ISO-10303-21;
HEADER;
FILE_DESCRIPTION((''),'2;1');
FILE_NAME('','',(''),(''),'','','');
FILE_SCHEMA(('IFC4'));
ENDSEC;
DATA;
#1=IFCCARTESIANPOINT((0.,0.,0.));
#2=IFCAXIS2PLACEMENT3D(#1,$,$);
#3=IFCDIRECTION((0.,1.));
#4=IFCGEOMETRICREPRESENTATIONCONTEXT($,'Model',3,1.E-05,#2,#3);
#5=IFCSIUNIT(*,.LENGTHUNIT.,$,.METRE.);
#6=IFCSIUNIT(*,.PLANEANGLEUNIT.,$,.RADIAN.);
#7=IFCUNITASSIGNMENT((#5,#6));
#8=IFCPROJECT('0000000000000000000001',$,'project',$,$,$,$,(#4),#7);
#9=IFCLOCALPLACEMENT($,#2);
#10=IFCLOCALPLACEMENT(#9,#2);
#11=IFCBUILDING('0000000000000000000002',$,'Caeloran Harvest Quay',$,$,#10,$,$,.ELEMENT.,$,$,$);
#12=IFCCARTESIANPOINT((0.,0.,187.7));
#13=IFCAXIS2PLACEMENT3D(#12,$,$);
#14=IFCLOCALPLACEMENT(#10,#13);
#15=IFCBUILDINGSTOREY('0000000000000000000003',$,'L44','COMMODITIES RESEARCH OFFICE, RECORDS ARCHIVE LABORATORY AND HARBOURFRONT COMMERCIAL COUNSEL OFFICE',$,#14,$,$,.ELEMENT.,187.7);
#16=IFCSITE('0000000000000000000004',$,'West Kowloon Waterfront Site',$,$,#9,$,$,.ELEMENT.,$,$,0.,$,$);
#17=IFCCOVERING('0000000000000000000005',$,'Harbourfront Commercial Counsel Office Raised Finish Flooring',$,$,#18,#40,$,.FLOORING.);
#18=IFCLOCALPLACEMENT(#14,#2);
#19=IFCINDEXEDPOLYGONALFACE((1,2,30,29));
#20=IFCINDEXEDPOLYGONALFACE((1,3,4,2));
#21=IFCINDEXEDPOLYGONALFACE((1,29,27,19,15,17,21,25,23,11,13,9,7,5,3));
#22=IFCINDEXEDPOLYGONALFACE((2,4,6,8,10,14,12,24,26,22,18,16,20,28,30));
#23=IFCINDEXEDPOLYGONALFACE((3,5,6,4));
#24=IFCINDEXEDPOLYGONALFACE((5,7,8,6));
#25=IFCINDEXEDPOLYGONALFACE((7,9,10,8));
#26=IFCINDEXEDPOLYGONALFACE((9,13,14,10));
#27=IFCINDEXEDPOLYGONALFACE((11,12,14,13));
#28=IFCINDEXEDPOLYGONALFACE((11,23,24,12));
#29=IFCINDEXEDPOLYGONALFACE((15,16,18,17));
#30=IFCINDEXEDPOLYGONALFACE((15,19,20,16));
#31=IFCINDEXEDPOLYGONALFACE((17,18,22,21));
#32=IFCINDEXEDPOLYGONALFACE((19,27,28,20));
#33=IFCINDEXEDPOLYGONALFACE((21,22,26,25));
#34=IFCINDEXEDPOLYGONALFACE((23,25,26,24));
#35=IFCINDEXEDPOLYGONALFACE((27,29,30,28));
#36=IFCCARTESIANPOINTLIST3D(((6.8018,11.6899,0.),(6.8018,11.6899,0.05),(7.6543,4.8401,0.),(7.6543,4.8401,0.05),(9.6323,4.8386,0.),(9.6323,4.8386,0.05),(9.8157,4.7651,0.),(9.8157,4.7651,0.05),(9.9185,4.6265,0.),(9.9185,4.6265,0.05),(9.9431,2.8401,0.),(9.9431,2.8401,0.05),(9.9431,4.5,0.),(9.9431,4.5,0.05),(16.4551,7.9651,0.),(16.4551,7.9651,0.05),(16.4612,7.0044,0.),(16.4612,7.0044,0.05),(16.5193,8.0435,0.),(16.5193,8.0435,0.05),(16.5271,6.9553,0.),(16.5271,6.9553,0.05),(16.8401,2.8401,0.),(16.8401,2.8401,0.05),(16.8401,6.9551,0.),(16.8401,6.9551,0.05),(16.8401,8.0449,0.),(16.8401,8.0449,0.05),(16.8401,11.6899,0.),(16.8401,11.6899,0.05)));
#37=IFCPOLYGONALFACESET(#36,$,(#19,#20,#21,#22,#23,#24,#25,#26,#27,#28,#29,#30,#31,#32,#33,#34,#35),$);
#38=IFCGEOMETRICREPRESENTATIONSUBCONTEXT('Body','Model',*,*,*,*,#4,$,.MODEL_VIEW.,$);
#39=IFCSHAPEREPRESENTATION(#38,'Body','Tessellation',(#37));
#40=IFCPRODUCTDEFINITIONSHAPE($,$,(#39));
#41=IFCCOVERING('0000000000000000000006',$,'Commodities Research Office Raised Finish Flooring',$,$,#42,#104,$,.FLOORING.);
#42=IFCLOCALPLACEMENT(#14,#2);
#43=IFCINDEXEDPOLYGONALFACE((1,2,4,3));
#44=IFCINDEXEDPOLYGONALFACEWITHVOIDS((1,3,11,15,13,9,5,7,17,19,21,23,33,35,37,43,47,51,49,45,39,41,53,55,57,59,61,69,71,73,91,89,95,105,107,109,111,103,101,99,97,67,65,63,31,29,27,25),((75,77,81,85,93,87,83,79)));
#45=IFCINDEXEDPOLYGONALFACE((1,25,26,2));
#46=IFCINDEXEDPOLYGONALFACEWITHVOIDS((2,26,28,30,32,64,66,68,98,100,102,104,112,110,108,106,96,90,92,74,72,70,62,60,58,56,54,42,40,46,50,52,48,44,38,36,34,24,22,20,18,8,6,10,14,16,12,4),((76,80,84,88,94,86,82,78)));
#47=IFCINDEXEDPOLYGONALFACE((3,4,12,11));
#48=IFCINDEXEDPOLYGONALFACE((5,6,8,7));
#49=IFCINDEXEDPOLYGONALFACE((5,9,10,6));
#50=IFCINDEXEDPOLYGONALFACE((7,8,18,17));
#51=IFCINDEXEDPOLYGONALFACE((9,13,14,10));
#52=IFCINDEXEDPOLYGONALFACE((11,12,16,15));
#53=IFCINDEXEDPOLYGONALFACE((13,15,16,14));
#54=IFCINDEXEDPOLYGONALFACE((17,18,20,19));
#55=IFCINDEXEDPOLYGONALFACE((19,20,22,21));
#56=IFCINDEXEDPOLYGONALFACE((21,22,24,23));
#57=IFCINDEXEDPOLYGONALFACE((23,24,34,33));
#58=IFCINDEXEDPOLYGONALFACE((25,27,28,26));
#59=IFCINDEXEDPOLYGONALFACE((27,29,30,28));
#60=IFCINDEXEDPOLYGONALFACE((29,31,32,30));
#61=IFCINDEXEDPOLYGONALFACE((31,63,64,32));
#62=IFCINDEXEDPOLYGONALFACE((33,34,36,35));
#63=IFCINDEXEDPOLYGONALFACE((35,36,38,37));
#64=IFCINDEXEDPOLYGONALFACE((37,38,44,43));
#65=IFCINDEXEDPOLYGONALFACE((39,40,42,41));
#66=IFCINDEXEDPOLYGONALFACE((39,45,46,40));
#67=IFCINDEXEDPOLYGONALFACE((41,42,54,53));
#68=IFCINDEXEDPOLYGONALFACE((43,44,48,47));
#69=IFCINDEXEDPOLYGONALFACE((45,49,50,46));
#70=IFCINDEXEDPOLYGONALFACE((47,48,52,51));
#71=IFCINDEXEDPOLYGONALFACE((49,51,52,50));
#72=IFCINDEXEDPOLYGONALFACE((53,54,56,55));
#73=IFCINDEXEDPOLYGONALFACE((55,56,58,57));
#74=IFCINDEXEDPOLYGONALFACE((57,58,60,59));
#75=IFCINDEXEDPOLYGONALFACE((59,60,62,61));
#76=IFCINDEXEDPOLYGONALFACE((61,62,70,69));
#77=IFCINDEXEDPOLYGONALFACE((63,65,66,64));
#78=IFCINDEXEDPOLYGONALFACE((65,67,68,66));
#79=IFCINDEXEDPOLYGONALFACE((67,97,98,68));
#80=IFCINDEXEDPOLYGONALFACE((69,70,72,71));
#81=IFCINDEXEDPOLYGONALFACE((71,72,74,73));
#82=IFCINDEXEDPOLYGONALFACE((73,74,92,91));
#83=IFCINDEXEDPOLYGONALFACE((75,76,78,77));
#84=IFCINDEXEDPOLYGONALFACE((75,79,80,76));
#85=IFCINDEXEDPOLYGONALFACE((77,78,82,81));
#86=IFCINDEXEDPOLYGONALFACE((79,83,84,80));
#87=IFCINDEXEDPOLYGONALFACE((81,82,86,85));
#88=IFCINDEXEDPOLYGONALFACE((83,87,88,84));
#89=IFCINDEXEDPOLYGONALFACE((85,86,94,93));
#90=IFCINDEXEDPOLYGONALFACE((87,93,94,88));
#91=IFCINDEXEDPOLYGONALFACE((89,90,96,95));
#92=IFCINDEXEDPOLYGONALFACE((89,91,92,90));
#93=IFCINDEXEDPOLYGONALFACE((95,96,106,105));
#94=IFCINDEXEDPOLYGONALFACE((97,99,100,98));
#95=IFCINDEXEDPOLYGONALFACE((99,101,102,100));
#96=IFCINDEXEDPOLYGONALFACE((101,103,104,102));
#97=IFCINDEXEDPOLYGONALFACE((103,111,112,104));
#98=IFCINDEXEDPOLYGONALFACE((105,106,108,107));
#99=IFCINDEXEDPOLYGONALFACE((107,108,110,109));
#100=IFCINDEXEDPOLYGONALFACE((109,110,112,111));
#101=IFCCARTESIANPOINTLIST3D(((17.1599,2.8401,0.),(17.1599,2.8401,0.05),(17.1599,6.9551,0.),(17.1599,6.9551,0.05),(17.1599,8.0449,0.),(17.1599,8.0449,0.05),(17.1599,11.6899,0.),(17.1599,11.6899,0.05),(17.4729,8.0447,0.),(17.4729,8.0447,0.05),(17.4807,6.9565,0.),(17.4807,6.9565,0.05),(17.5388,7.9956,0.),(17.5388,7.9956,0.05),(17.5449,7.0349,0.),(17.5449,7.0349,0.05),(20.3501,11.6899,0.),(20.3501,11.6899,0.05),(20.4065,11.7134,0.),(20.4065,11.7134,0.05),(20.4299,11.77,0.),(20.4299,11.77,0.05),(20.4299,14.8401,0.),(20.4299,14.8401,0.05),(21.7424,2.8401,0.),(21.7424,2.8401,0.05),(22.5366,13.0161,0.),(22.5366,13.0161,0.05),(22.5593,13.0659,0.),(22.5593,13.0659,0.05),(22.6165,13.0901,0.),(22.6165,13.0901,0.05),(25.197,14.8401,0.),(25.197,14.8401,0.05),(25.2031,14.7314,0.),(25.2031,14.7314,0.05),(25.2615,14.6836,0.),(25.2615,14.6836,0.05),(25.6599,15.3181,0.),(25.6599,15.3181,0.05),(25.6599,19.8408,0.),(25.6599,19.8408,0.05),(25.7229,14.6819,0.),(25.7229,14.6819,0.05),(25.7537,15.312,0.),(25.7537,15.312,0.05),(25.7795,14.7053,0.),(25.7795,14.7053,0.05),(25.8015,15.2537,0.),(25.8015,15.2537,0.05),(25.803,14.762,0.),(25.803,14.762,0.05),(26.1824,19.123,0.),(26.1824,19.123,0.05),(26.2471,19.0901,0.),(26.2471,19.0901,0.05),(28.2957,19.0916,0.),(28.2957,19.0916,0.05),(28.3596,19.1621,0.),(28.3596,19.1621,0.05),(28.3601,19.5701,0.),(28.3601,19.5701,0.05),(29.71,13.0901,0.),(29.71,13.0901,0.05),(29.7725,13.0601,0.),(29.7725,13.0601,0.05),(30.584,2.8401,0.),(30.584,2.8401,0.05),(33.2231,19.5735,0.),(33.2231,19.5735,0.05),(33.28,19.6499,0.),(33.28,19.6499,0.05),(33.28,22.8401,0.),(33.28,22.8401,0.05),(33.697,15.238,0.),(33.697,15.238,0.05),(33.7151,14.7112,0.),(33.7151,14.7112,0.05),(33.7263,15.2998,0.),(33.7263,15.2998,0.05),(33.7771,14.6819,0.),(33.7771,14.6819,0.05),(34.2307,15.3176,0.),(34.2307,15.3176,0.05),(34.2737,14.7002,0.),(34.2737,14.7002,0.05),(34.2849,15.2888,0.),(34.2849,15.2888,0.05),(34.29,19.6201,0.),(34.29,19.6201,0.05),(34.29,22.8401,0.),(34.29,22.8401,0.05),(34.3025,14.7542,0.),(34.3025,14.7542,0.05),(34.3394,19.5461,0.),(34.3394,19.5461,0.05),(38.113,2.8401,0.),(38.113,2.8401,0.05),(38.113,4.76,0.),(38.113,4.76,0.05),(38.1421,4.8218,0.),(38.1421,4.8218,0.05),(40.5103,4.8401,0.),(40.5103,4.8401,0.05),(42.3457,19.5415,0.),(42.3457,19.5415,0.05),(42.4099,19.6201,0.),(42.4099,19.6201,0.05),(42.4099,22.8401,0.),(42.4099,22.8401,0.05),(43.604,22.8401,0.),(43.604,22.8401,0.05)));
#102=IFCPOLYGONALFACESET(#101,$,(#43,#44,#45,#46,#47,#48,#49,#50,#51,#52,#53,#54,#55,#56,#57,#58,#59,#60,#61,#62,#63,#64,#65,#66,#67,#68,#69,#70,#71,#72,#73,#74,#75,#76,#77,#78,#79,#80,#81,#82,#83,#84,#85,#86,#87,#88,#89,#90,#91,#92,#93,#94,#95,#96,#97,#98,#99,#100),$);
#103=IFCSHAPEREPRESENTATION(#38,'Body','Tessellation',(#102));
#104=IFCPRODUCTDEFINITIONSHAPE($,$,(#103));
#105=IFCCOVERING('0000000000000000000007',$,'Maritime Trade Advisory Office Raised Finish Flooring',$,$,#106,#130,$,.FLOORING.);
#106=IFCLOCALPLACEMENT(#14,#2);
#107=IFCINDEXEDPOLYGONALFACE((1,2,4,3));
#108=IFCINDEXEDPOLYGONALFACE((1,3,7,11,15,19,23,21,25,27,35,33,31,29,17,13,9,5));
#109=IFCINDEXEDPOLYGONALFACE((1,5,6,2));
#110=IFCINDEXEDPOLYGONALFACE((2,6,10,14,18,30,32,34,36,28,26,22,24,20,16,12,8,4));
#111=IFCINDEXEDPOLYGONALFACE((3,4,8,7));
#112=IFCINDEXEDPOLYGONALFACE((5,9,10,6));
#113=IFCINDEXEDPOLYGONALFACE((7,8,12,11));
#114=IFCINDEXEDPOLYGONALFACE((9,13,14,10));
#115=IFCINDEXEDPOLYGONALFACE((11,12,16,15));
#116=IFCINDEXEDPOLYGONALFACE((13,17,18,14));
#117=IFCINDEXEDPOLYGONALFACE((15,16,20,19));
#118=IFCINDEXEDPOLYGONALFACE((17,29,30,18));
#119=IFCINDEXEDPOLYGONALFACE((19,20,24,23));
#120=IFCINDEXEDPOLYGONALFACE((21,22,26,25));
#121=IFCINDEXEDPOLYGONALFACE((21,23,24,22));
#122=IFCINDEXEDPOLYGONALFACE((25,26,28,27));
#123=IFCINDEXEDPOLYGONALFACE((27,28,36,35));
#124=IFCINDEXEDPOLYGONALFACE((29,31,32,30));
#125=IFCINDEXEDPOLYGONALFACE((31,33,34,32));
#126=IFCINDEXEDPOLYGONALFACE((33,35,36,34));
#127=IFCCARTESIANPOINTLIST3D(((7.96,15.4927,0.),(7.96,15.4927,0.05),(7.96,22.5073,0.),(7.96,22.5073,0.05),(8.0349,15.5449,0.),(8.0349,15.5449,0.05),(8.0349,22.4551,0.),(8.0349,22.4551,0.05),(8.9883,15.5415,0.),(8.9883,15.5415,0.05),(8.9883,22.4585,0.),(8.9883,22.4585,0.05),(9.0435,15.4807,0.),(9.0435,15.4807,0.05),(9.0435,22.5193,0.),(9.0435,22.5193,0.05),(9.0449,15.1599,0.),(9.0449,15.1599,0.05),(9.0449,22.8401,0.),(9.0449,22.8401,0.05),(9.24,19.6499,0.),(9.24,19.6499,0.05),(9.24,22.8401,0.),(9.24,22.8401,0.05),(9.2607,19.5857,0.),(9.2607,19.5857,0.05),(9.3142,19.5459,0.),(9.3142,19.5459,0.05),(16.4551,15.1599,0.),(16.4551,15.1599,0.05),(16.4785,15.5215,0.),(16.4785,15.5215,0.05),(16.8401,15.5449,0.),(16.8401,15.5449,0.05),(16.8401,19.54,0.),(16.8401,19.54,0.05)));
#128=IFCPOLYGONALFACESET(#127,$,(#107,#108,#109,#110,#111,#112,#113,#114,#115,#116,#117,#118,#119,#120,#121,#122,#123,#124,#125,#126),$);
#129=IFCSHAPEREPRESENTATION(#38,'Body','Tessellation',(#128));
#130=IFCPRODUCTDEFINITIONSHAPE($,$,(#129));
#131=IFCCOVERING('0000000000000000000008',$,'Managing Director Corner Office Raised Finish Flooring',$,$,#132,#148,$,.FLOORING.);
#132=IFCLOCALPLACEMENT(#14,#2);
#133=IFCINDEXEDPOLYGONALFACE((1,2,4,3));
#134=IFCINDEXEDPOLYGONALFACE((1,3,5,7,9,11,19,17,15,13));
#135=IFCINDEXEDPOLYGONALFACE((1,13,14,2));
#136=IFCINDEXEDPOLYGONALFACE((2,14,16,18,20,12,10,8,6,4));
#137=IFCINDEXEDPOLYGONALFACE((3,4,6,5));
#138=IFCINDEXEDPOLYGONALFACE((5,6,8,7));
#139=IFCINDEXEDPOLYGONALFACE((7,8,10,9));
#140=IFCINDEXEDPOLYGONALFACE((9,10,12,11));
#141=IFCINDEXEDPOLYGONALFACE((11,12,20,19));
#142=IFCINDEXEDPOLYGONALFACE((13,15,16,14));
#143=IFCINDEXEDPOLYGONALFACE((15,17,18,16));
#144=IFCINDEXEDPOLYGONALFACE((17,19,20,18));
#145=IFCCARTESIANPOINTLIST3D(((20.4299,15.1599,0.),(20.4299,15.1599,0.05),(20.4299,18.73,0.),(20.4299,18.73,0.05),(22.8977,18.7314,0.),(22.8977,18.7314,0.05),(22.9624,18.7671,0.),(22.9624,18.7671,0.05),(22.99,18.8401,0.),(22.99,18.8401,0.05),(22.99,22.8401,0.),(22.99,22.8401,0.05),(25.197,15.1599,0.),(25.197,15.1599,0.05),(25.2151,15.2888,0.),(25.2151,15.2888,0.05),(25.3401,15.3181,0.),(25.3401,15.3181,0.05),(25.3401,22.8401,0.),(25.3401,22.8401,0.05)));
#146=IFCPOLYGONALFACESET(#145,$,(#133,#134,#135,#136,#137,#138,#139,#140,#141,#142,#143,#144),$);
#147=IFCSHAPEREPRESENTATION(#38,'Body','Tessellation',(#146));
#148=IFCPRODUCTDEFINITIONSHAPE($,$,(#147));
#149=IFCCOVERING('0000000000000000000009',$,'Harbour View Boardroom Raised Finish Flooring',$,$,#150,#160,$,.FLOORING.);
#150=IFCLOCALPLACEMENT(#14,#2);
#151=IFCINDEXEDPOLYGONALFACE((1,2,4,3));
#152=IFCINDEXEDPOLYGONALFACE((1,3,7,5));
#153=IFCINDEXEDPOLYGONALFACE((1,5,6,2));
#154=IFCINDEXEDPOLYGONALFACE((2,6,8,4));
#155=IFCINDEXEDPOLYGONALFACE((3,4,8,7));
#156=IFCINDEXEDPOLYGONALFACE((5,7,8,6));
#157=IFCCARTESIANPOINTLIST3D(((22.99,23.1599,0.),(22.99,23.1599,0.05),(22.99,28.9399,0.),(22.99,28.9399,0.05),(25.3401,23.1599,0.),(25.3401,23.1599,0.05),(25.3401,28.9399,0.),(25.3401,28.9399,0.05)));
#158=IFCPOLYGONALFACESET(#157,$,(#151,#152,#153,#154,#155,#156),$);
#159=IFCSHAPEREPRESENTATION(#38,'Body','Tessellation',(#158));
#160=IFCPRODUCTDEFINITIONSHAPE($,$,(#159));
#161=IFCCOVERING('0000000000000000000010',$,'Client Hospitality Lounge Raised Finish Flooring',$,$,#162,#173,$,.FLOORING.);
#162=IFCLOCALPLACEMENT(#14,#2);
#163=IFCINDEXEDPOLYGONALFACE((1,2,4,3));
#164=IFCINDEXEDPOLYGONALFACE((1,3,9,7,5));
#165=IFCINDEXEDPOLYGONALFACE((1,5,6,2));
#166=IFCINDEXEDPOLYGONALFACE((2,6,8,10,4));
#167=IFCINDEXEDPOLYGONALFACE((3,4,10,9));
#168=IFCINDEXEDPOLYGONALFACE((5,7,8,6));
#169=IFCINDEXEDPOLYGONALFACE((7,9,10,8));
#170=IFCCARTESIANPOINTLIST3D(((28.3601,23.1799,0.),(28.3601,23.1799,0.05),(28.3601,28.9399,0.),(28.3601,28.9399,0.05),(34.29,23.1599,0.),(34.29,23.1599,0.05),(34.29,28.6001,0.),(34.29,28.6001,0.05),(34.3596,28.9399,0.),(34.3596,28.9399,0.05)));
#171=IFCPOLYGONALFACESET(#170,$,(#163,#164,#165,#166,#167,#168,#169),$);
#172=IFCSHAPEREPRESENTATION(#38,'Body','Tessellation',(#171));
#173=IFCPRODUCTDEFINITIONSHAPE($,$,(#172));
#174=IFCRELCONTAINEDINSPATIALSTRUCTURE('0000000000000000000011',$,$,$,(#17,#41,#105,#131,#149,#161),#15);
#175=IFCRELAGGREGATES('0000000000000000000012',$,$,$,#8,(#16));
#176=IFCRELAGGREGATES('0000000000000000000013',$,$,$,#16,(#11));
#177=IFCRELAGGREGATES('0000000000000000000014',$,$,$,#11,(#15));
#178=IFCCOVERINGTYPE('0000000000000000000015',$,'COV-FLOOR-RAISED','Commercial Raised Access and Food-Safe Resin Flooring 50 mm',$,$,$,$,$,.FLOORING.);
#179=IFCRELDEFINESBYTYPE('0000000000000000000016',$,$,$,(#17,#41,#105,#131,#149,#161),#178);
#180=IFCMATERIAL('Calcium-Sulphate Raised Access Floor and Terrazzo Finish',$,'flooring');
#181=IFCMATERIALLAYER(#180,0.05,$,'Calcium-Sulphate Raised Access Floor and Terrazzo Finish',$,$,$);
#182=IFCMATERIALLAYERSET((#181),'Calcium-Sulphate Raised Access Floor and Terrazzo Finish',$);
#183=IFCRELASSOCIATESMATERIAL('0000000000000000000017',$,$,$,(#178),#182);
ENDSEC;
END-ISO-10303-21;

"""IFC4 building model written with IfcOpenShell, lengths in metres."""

from ifc_helpers import new_model, si_unit, direction, frame, origin, place, context, subcontext, project, spatial, polyline, outline, extrude, material, layer, layer_set, type_object, element, save


model = new_model("IFC4")

# Units and contexts
model_context = context("Model", 3, precision=1e-05, world=origin(), true_north=direction((0.0, 1.0)))
body_context = subcontext(model_context, "Body", "Model", "MODEL_VIEW")
ifc_project = project(units=[si_unit("LENGTHUNIT", "METRE"), si_unit("PLANEANGLEUNIT", "RADIAN")], contexts=[model_context])

# Site, building, storey
site_placement = place(None, origin())
site = spatial("IfcSite", under=ifc_project, at=site_placement, Name="West Kowloon Waterfront Site", CompositionType="ELEMENT", RefElevation=0.0)
building_placement = place(site_placement, origin())
building = spatial("IfcBuilding", under=site, at=building_placement, Name="Caeloran Harvest Quay", CompositionType="ELEMENT")
storey_placement = place(building_placement, frame((0.0, 0.0, 187.7)))
storey = spatial("IfcBuildingStorey", under=building, at=storey_placement, Name="L44", Description="COMMODITIES RESEARCH OFFICE, RECORDS ARCHIVE LABORATORY AND HARBOURFRONT COMMERCIAL COUNSEL OFFICE", CompositionType="ELEMENT", Elevation=187.7)

# Coverings
ifc_material_1 = material(Name="Calcium-Sulphate Raised Access Floor and Terrazzo Finish", Category="flooring")
ifc_layer_1 = layer(ifc_material_1, 0.05, Name="Calcium-Sulphate Raised Access Floor and Terrazzo Finish")
ifc_layer_set_1 = layer_set([ifc_layer_1], Name="Calcium-Sulphate Raised Access Floor and Terrazzo Finish")
covering_type_1 = type_object("IfcCoveringType", Name="COV-FLOOR-RAISED", Description="Commercial Raised Access and Food-Safe Resin Flooring 50 mm", PredefinedType="FLOORING", material=ifc_layer_set_1)
covering_1_placement = place(storey_placement, origin())
element("IfcCovering", 1, at=covering_1_placement, inside=storey, type_object=covering_type_1, Name="Harbourfront Commercial Counsel Office Raised Finish Flooring", PredefinedType="FLOORING", context=body_context, shape_type="SweptSolid", body=[
    extrude(outline(polyline([(9.9185, 4.6265), (9.8157, 4.7651), (9.6323, 4.8386), (7.6543, 4.8401), (6.8018, 11.6899), (16.8401, 11.6899), (16.8401, 8.0449), (16.5193, 8.0435), (16.4551, 7.9651), (16.4612, 7.0044), (16.5271, 6.9553), (16.8401, 6.9551), (16.8401, 2.8401), (9.9431, 2.8401), (9.9431, 4.5), (9.9185, 4.6265)])), origin(), (0.0, 0.0, 1.0), 0.05),
])
covering_2_placement = place(storey_placement, origin())
element("IfcCovering", 2, at=covering_2_placement, inside=storey, type_object=covering_type_1, Name="Commodities Research Office Raised Finish Flooring", PredefinedType="FLOORING", context=body_context, shape_type="SweptSolid", body=[
    extrude(outline(polyline([(22.6165, 13.0901), (22.5593, 13.0659), (22.5366, 13.0161), (21.7424, 2.8401), (17.1599, 2.8401), (17.1599, 6.9551), (17.4807, 6.9565), (17.5449, 7.0349), (17.5388, 7.9956), (17.4729, 8.0447), (17.1599, 8.0449), (17.1599, 11.6899), (20.3501, 11.6899), (20.4065, 11.7134), (20.4299, 11.77), (20.4299, 14.8401), (25.197, 14.8401), (25.2031, 14.7314), (25.2615, 14.6836), (25.7229, 14.6819), (25.7795, 14.7053), (25.803, 14.762), (25.8015, 15.2537), (25.7537, 15.312), (25.6599, 15.3181), (25.6599, 19.8408), (26.1824, 19.123), (26.2471, 19.0901), (28.2957, 19.0916), (28.3596, 19.1621), (28.3601, 19.5701), (33.2231, 19.5735), (33.28, 19.6499), (33.28, 22.8401), (34.29, 22.8401), (34.29, 19.6201), (34.3394, 19.5461), (42.3457, 19.5415), (42.4099, 19.6201), (42.4099, 22.8401), (43.604, 22.8401), (40.5103, 4.8401), (38.1421, 4.8218), (38.113, 4.76), (38.113, 2.8401), (30.584, 2.8401), (29.7725, 13.0601), (29.71, 13.0901), (22.6165, 13.0901)]), holes=[polyline([(34.3025, 14.7542), (34.2849, 15.2888), (34.2307, 15.3176), (33.7263, 15.2998), (33.697, 15.238), (33.7151, 14.7112), (33.7771, 14.6819), (34.2737, 14.7002), (34.3025, 14.7542)])]), origin(), (0.0, 0.0, 1.0), 0.05),
])
covering_3_placement = place(storey_placement, origin())
element("IfcCovering", 3, at=covering_3_placement, inside=storey, type_object=covering_type_1, Name="Maritime Trade Advisory Office Raised Finish Flooring", PredefinedType="FLOORING", context=body_context, shape_type="SweptSolid", body=[
    extrude(outline(polyline([(7.96, 15.4927), (7.96, 22.5073), (8.0349, 22.4551), (8.9883, 22.4585), (9.0435, 22.5193), (9.0449, 22.8401), (9.24, 22.8401), (9.24, 19.6499), (9.2607, 19.5857), (9.3142, 19.5459), (16.8401, 19.54), (16.8401, 15.5449), (16.4785, 15.5215), (16.4551, 15.1599), (9.0449, 15.1599), (9.0435, 15.4807), (8.9883, 15.5415), (8.0349, 15.5449), (7.96, 15.4927)])), origin(), (0.0, 0.0, 1.0), 0.05),
])
covering_4_placement = place(storey_placement, origin())
element("IfcCovering", 4, at=covering_4_placement, inside=storey, type_object=covering_type_1, Name="Managing Director Corner Office Raised Finish Flooring", PredefinedType="FLOORING", context=body_context, shape_type="SweptSolid", body=[
    extrude(outline(polyline([(22.8977, 18.7314), (22.9624, 18.7671), (22.99, 18.8401), (22.99, 22.8401), (25.3401, 22.8401), (25.3401, 15.3181), (25.2151, 15.2888), (25.197, 15.1599), (20.4299, 15.1599), (20.4299, 18.73), (22.8977, 18.7314)])), origin(), (0.0, 0.0, 1.0), 0.05),
])
covering_5_placement = place(storey_placement, origin())
element("IfcCovering", 5, at=covering_5_placement, inside=storey, type_object=covering_type_1, Name="Harbour View Boardroom Raised Finish Flooring", PredefinedType="FLOORING", context=body_context, shape_type="SweptSolid", body=[
    extrude(outline(polyline([(22.99, 23.1599), (22.99, 28.9399), (25.3401, 28.9399), (25.3401, 23.1599), (22.99, 23.1599)])), origin(), (0.0, 0.0, 1.0), 0.05),
])
covering_6_placement = place(storey_placement, origin())
element("IfcCovering", 6, at=covering_6_placement, inside=storey, type_object=covering_type_1, Name="Client Hospitality Lounge Raised Finish Flooring", PredefinedType="FLOORING", context=body_context, shape_type="SweptSolid", body=[
    extrude(outline(polyline([(34.29, 23.1599), (28.3601, 23.1799), (28.3601, 28.9399), (34.3596, 28.9399), (34.29, 28.6001), (34.29, 23.1599)])), origin(), (0.0, 0.0, 1.0), 0.05),
])

save(model, "model.ifc")
